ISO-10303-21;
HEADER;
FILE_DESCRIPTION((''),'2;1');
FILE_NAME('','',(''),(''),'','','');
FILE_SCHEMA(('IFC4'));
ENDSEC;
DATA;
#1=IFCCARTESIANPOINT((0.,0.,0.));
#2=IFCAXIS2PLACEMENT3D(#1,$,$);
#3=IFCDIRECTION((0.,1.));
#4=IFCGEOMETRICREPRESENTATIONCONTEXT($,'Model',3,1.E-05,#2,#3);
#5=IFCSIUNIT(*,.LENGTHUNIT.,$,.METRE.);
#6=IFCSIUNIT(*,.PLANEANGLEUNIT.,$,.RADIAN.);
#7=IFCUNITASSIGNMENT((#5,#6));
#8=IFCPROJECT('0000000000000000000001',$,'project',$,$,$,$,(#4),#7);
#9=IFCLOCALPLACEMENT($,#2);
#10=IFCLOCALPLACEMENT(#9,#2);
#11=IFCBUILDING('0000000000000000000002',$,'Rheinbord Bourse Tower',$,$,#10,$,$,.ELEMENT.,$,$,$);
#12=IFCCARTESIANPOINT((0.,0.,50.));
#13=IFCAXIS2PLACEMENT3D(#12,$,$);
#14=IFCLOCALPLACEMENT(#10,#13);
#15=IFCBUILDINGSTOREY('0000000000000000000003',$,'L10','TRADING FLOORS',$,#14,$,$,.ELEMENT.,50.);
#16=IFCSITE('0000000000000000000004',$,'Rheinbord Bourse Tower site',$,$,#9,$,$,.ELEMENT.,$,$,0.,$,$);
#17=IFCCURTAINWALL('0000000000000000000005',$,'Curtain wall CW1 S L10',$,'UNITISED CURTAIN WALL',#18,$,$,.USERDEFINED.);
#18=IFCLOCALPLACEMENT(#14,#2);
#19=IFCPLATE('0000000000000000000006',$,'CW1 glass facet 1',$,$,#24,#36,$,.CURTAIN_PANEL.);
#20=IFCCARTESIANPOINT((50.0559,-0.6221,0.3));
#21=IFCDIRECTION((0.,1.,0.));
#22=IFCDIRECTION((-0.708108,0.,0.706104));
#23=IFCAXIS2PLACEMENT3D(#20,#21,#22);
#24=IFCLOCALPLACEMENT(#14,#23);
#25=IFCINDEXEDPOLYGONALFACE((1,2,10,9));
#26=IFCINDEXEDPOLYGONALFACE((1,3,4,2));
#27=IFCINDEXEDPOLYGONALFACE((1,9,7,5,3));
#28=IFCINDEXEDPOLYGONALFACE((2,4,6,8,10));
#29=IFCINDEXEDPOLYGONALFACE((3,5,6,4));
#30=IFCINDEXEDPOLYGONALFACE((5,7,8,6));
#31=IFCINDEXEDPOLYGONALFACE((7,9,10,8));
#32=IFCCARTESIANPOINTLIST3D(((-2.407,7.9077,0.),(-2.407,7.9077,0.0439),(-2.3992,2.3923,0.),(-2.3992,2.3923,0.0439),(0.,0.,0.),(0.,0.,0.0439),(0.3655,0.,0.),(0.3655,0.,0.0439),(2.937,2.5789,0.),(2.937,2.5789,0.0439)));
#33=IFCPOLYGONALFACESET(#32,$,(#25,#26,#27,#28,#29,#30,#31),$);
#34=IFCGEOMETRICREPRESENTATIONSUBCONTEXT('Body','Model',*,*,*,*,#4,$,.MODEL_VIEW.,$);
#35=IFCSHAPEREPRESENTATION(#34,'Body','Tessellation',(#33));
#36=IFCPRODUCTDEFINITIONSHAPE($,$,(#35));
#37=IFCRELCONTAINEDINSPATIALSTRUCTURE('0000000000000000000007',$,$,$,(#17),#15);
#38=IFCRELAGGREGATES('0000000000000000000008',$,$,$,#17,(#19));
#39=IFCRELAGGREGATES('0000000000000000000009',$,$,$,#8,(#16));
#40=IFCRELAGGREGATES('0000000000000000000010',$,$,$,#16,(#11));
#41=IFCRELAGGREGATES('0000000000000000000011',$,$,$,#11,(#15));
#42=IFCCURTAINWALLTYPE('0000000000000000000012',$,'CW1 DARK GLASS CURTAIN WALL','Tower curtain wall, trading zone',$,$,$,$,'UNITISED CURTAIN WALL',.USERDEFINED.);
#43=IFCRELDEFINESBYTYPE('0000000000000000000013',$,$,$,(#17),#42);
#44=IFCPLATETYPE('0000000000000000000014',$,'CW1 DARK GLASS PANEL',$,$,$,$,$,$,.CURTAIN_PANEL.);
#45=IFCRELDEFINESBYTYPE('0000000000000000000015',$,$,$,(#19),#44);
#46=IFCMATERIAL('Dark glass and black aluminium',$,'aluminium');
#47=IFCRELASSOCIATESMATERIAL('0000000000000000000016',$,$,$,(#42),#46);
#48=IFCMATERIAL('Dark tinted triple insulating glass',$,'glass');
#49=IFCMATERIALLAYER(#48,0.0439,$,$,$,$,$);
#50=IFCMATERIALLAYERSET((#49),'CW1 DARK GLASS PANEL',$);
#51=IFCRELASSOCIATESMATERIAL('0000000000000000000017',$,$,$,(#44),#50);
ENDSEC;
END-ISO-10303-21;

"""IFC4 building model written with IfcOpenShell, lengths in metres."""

from ifc_helpers import new_model, si_unit, direction, frame, origin, place, context, subcontext, project, spatial, polyline, outline, extrude, material, layer, layer_set, type_object, element, aggregate, save


model = new_model("IFC4")

# Units and contexts
model_context = context("Model", 3, precision=1e-05, world=origin(), true_north=direction((0.0, 1.0)))
body_context = subcontext(model_context, "Body", "Model", "MODEL_VIEW")
ifc_project = project(units=[si_unit("LENGTHUNIT", "METRE"), si_unit("PLANEANGLEUNIT", "RADIAN")], contexts=[model_context])

# Site, building, storey
site_placement = place(None, origin())
site = spatial("IfcSite", under=ifc_project, at=site_placement, Name="Rheinbord Bourse Tower site", CompositionType="ELEMENT", RefElevation=0.0)
building_placement = place(site_placement, origin())
building = spatial("IfcBuilding", under=site, at=building_placement, Name="Rheinbord Bourse Tower", CompositionType="ELEMENT")
storey_placement = place(building_placement, frame((0.0, 0.0, 50.0)))
storey = spatial("IfcBuildingStorey", under=building, at=storey_placement, Name="L10", Description="TRADING FLOORS", CompositionType="ELEMENT", Elevation=50.0)

# Curtain wall
ifc_material_1 = material(Name="Dark glass and black aluminium", Category="aluminium")
curtain_wall_type = type_object("IfcCurtainWallType", Name="CW1 DARK GLASS CURTAIN WALL", Description="Tower curtain wall, trading zone", ElementType="UNITISED CURTAIN WALL", PredefinedType="USERDEFINED", material=ifc_material_1)
curtain_wall_placement = place(storey_placement, origin())
curtain_wall = element("IfcCurtainWall", 1, at=curtain_wall_placement, inside=storey, type_object=curtain_wall_type, Name="Curtain wall CW1 S L10", ObjectType="UNITISED CURTAIN WALL", PredefinedType="USERDEFINED")

# Plate
ifc_material_2 = material(Name="Dark tinted triple insulating glass", Category="glass")
ifc_layer_1 = layer(ifc_material_2, 0.0439)
ifc_layer_set_1 = layer_set([ifc_layer_1], Name="CW1 DARK GLASS PANEL")
plate_type = type_object("IfcPlateType", Name="CW1 DARK GLASS PANEL", PredefinedType="CURTAIN_PANEL", material=ifc_layer_set_1)
plate_1_placement = place(storey_placement, frame((50.0559, -0.6221, 0.3), z_axis=(0.0, 1.0, 0.0), x_axis=(-0.708108, 0.0, 0.706104)))
plate_1 = element("IfcPlate", 2, at=plate_1_placement, type_object=plate_type, Name="CW1 glass facet 1", PredefinedType="CURTAIN_PANEL", context=body_context, shape_type="SweptSolid", body=[
    extrude(outline(polyline([(0.0, 0.0), (0.3655, 0.0), (2.937, 2.5789), (-2.407, 7.9077), (-2.3992, 2.3923), (0.0, 0.0)])), origin(), (0.0, 0.0, 1.0), 0.0439),
])
aggregate(curtain_wall, [plate_1])

save(model, "model.ifc")
